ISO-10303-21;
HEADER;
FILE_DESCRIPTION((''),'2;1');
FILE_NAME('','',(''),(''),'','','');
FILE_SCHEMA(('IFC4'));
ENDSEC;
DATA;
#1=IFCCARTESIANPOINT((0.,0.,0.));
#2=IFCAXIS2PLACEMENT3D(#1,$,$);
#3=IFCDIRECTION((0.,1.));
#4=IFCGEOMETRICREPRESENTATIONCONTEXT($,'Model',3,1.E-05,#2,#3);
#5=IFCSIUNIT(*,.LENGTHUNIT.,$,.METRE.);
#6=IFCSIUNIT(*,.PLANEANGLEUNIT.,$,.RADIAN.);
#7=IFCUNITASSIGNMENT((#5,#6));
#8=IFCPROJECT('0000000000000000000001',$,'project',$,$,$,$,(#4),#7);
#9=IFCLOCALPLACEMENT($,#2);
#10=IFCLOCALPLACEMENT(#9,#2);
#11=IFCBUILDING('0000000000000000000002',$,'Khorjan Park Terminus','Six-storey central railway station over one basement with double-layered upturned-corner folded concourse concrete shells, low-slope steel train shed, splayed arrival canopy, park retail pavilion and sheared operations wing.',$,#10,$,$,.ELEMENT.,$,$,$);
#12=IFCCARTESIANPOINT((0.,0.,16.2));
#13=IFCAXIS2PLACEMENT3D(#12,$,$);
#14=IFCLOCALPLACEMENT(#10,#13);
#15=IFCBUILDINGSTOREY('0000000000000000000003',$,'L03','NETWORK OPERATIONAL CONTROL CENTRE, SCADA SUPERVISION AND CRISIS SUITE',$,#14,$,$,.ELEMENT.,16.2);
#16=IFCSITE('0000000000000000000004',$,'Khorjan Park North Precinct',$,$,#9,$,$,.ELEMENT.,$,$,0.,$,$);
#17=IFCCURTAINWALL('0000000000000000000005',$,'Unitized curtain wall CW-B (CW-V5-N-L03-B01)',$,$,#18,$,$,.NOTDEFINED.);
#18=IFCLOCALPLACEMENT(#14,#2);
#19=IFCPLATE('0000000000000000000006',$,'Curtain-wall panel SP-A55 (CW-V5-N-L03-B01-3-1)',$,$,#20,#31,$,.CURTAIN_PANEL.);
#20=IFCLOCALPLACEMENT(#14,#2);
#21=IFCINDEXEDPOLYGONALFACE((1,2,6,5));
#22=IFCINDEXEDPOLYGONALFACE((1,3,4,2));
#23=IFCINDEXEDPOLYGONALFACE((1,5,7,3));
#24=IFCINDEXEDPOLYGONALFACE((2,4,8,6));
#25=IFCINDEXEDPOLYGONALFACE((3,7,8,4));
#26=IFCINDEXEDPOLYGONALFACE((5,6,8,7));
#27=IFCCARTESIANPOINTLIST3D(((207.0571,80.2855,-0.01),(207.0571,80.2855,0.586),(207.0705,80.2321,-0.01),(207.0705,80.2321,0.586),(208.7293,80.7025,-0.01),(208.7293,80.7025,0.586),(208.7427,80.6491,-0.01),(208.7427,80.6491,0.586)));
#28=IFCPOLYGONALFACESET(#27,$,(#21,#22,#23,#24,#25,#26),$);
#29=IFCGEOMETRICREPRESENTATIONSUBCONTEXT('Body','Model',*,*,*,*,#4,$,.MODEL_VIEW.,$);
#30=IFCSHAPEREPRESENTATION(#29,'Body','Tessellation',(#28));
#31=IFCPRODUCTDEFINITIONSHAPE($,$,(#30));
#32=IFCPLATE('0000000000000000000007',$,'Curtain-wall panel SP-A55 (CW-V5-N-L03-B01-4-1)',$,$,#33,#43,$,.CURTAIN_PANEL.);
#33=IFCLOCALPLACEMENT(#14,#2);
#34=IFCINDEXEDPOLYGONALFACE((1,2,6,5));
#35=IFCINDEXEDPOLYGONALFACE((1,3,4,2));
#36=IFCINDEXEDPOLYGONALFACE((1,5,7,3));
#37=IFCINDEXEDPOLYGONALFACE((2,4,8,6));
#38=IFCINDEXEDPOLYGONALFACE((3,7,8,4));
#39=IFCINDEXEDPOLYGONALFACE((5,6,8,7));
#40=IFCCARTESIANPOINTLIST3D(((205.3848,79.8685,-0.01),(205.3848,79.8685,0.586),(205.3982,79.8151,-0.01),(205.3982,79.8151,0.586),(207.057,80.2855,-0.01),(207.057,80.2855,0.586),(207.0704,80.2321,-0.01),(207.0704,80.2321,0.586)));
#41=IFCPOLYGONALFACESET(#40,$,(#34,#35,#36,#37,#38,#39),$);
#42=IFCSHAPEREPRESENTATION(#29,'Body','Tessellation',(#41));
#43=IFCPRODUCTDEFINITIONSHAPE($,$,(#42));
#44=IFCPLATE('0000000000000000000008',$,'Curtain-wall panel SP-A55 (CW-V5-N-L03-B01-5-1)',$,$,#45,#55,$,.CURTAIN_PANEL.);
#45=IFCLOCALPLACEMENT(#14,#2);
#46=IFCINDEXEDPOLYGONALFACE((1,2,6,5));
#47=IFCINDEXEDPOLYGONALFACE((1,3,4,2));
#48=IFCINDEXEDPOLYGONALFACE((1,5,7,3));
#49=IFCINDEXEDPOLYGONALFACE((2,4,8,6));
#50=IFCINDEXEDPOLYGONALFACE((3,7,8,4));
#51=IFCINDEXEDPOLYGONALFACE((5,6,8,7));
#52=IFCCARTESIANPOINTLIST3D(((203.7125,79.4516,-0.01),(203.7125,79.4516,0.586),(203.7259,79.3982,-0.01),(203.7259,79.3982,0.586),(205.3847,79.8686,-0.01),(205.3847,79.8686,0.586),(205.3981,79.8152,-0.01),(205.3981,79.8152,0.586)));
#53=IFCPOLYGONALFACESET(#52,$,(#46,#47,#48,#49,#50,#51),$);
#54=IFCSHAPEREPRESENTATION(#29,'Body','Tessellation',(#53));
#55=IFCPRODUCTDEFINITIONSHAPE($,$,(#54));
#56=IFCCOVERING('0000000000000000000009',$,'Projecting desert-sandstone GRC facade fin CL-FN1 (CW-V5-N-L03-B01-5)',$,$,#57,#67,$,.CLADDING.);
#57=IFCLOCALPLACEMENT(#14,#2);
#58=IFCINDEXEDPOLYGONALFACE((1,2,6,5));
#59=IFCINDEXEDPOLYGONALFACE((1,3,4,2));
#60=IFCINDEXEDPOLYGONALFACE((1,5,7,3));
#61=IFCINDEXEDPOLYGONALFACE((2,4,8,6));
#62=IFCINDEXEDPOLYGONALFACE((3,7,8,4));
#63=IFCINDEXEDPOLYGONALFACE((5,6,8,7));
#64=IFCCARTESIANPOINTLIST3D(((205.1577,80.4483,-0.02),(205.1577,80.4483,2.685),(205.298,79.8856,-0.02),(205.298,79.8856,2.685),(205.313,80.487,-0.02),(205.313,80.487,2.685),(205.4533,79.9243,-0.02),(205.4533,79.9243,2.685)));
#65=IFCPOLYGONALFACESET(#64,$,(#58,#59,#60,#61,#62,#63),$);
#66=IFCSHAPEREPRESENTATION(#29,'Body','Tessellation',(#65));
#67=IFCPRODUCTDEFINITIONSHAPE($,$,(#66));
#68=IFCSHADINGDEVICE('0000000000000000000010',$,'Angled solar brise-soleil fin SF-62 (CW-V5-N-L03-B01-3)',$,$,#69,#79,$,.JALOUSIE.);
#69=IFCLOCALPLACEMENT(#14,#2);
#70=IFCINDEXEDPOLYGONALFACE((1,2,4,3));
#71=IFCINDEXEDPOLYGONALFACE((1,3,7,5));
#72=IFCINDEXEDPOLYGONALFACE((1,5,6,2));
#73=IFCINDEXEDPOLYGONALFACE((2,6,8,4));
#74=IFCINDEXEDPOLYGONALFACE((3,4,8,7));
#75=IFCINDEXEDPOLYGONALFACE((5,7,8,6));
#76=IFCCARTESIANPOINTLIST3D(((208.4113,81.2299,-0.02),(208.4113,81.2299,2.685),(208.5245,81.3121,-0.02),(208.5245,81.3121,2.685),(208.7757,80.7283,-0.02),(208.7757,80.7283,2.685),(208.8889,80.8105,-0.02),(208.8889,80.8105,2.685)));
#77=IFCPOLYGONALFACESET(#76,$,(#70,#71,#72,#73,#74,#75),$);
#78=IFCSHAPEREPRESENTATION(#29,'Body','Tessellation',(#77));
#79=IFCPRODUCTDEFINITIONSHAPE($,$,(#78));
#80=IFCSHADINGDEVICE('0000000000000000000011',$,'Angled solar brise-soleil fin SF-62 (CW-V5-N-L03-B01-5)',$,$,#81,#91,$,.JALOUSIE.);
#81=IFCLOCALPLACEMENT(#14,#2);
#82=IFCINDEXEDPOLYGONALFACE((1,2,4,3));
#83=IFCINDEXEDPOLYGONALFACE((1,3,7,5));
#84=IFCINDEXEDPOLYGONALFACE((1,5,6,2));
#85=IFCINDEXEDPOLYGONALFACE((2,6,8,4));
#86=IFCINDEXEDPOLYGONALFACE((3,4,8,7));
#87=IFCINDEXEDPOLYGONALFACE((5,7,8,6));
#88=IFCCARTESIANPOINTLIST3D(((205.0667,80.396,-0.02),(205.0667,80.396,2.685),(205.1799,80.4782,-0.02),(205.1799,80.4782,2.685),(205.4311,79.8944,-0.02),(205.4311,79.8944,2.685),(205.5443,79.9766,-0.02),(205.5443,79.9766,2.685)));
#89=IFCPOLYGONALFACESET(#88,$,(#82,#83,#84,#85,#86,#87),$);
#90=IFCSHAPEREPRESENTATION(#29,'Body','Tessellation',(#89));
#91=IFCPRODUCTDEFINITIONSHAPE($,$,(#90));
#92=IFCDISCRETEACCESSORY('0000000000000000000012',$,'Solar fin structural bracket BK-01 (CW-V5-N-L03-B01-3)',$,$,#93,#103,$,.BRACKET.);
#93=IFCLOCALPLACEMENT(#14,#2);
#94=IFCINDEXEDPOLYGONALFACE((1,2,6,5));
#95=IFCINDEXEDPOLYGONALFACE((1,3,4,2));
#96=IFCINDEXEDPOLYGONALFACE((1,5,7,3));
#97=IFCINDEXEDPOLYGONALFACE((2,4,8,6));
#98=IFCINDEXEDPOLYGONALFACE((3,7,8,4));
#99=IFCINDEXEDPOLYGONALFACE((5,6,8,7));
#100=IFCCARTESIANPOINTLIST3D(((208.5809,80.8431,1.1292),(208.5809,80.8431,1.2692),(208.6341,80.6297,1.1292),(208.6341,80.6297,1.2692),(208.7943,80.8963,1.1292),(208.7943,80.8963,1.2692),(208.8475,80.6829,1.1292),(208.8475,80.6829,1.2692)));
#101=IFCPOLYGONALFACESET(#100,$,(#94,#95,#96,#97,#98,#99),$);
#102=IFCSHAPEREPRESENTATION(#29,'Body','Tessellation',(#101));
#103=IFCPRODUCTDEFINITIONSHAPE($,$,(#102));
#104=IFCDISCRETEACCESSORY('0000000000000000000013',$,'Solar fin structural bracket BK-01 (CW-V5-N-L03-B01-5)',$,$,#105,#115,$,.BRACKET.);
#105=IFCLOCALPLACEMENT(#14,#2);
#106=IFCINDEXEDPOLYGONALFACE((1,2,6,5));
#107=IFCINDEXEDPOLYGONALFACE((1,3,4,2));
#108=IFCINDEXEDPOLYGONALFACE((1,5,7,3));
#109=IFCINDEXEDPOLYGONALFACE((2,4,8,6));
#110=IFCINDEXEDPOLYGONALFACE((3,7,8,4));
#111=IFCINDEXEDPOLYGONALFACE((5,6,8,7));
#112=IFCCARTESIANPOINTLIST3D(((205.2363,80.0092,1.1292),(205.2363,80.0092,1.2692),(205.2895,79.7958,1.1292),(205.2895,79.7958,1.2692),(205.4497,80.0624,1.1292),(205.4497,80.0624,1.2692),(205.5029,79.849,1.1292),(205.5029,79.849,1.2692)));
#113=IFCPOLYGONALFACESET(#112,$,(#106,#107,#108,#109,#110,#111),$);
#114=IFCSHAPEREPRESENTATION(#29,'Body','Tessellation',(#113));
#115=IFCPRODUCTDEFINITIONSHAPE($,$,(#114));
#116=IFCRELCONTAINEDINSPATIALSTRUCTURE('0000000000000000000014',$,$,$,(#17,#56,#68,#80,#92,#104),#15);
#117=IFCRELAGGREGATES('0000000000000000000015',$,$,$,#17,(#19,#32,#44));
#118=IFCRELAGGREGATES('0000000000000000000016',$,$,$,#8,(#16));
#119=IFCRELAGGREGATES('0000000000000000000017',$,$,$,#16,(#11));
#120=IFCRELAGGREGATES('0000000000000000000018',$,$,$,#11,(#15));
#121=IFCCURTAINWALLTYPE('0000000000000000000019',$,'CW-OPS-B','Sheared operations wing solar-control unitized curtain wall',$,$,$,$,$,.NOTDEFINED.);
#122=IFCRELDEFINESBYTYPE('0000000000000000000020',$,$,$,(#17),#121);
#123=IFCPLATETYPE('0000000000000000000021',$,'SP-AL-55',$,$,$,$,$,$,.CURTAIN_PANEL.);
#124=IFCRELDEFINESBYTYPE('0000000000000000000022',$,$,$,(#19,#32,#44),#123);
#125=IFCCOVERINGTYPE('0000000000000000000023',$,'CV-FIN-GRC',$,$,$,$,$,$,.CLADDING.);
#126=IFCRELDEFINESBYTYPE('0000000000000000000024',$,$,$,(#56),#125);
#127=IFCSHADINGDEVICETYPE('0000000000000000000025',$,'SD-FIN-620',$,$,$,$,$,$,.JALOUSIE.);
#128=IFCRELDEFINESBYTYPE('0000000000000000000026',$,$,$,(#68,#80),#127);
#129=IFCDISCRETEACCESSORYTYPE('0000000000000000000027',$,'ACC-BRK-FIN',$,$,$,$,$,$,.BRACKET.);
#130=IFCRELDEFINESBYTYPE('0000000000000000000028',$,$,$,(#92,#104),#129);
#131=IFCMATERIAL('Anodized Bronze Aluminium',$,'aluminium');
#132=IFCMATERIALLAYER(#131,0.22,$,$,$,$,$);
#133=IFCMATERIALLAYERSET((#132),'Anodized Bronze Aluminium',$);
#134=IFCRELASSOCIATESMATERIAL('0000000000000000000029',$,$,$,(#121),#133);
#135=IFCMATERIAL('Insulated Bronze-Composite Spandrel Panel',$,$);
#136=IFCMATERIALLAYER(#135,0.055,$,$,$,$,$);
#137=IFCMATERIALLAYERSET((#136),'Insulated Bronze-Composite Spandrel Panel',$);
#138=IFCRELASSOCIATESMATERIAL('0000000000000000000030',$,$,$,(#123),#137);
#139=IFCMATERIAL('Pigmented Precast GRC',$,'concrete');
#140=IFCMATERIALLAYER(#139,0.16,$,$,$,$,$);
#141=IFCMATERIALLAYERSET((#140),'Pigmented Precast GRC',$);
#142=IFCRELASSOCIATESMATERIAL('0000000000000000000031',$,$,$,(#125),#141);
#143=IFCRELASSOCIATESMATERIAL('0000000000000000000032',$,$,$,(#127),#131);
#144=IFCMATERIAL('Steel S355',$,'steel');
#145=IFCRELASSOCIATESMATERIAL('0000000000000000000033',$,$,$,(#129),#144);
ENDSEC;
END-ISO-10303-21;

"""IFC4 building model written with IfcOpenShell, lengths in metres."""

from ifc_helpers import new_model, si_unit, direction, frame, origin, origin_2d, place, context, subcontext, project, spatial, rectangle, extrude, material, layer, layer_set, type_object, element, aggregate, save


model = new_model("IFC4")

# Units and contexts
model_context = context("Model", 3, precision=1e-05, world=origin(), true_north=direction((0.0, 1.0)))
body_context = subcontext(model_context, "Body", "Model", "MODEL_VIEW")
ifc_project = project(units=[si_unit("LENGTHUNIT", "METRE"), si_unit("PLANEANGLEUNIT", "RADIAN")], contexts=[model_context])

# Site, building, storey
site_placement = place(None, origin())
site = spatial("IfcSite", under=ifc_project, at=site_placement, Name="Khorjan Park North Precinct", CompositionType="ELEMENT", RefElevation=0.0)
building_placement = place(site_placement, origin())
building = spatial("IfcBuilding", under=site, at=building_placement, Name="Khorjan Park Terminus", Description="Six-storey central railway station over one basement with double-layered upturned-corner folded concourse concrete shells, low-slope steel train shed, splayed arrival canopy, park retail pavilion and sheared operations wing.", CompositionType="ELEMENT")
storey_placement = place(building_placement, frame((0.0, 0.0, 16.2)))
storey = spatial("IfcBuildingStorey", under=building, at=storey_placement, Name="L03", Description="NETWORK OPERATIONAL CONTROL CENTRE, SCADA SUPERVISION AND CRISIS SUITE", CompositionType="ELEMENT", Elevation=16.2)

# Shared definitions
ifc_material_1 = material(Name="Steel S355", Category="steel")

# Curtain wall, plates
ifc_material_2 = material(Name="Anodized Bronze Aluminium", Category="aluminium")
ifc_layer_1 = layer(ifc_material_2, 0.22)
ifc_layer_set_1 = layer_set([ifc_layer_1], Name="Anodized Bronze Aluminium")
curtain_wall_type = type_object("IfcCurtainWallType", Name="CW-OPS-B", Description="Sheared operations wing solar-control unitized curtain wall", PredefinedType="NOTDEFINED", material=ifc_layer_set_1)
curtain_wall_placement = place(storey_placement, origin())
curtain_wall = element("IfcCurtainWall", 1, at=curtain_wall_placement, inside=storey, type_object=curtain_wall_type, Name="Unitized curtain wall CW-B (CW-V5-N-L03-B01)", PredefinedType="NOTDEFINED")
ifc_material_3 = material(Name="Insulated Bronze-Composite Spandrel Panel")
ifc_layer_2 = layer(ifc_material_3, 0.055)
ifc_layer_set_2 = layer_set([ifc_layer_2], Name="Insulated Bronze-Composite Spandrel Panel")
plate_type_1 = type_object("IfcPlateType", Name="SP-AL-55", PredefinedType="CURTAIN_PANEL", material=ifc_layer_set_2)
plate_1_placement = place(storey_placement, frame((207.8999, 80.4673, -0.01), z_axis=(0.0, 0.0, 1.0), x_axis=(-0.970294, -0.241928, 0.0)))
plate_1 = element("IfcPlate", 2, at=plate_1_placement, type_object=plate_type_1, Name="Curtain-wall panel SP-A55 (CW-V5-N-L03-B01-3-1)", PredefinedType="CURTAIN_PANEL", context=body_context, shape_type="SweptSolid", body=[
    extrude(rectangle(XDim=1.7234, YDim=0.055, at=origin_2d()), origin(), (0.0, 0.0, 1.0), 0.596),
])
plate_2_placement = place(storey_placement, frame((206.2276, 80.0503, -0.01), z_axis=(0.0, 0.0, 1.0), x_axis=(-0.970294, -0.241928, 0.0)))
plate_2 = element("IfcPlate", 3, at=plate_2_placement, type_object=plate_type_1, Name="Curtain-wall panel SP-A55 (CW-V5-N-L03-B01-4-1)", PredefinedType="CURTAIN_PANEL", context=body_context, shape_type="SweptSolid", body=[
    extrude(rectangle(XDim=1.7234, YDim=0.055, at=origin_2d()), origin(), (0.0, 0.0, 1.0), 0.596),
])
plate_3_placement = place(storey_placement, frame((204.5553, 79.6334, -0.01), z_axis=(0.0, 0.0, 1.0), x_axis=(-0.970294, -0.241928, 0.0)))
plate_3 = element("IfcPlate", 4, at=plate_3_placement, type_object=plate_type_1, Name="Curtain-wall panel SP-A55 (CW-V5-N-L03-B01-5-1)", PredefinedType="CURTAIN_PANEL", context=body_context, shape_type="SweptSolid", body=[
    extrude(rectangle(XDim=1.7234, YDim=0.055, at=origin_2d()), origin(), (0.0, 0.0, 1.0), 0.596),
])
aggregate(curtain_wall, [plate_1, plate_2, plate_3])

# Covering
ifc_material_4 = material(Name="Pigmented Precast GRC", Category="concrete")
ifc_layer_3 = layer(ifc_material_4, 0.16)
ifc_layer_set_3 = layer_set([ifc_layer_3], Name="Pigmented Precast GRC")
covering_type = type_object("IfcCoveringType", Name="CV-FIN-GRC", PredefinedType="CLADDING", material=ifc_layer_set_3)
covering_placement = place(storey_placement, frame((205.3055, 80.1863, -0.02), z_axis=(0.0, 0.0, 1.0), x_axis=(0.241922, -0.970296, 0.0)))
element("IfcCovering", 5, at=covering_placement, inside=storey, type_object=covering_type, Name="Projecting desert-sandstone GRC facade fin CL-FN1 (CW-V5-N-L03-B01-5)", PredefinedType="CLADDING", context=body_context, shape_type="SweptSolid", body=[
    extrude(rectangle(XDim=0.58, YDim=0.16, at=origin_2d()), origin(), (0.0, 0.0, 1.0), 2.705),
])

# Shading devices
shading_device_type = type_object("IfcShadingDeviceType", Name="SD-FIN-620", PredefinedType="JALOUSIE", material=ifc_material_2)
for number, where, z_axis, x_axis, name in (
    (6, (208.6501, 81.0202, -0.02), (0.0, 0.0, 1.0), (0.587785, -0.809017, 0.0), "Angled solar brise-soleil fin SF-62 (CW-V5-N-L03-B01-3)"),
    (7, (205.3055, 80.1863, -0.02), (0.0, 0.0, 1.0), (0.587785, -0.809017, 0.0), "Angled solar brise-soleil fin SF-62 (CW-V5-N-L03-B01-5)"),
):
    element("IfcShadingDevice", number, at=place(storey_placement, frame(where, z_axis=z_axis, x_axis=x_axis)), inside=storey, type_object=shading_device_type, Name=name, PredefinedType="JALOUSIE", context=body_context, shape_type="SweptSolid", body=[
        extrude(rectangle(XDim=0.62, YDim=0.14, at=origin_2d()), origin(), (0.0, 0.0, 1.0), 2.705),
    ])

# Discrete accessories
discrete_accessory_type = type_object("IfcDiscreteAccessoryType", Name="ACC-BRK-FIN", PredefinedType="BRACKET", material=ifc_material_1)
for number, where, z_axis, x_axis, name in (
    (8, (208.7142, 80.763, 1.1292), (0.0, 0.0, 1.0), (-0.970294, -0.241928, 0.0), "Solar fin structural bracket BK-01 (CW-V5-N-L03-B01-3)"),
    (9, (205.3696, 79.9291, 1.1292), (0.0, 0.0, 1.0), (-0.970294, -0.241928, 0.0), "Solar fin structural bracket BK-01 (CW-V5-N-L03-B01-5)"),
):
    element("IfcDiscreteAccessory", number, at=place(storey_placement, frame(where, z_axis=z_axis, x_axis=x_axis)), inside=storey, type_object=discrete_accessory_type, Name=name, PredefinedType="BRACKET", context=body_context, shape_type="SweptSolid", body=[
        extrude(rectangle(XDim=0.22, YDim=0.22, at=origin_2d()), origin(), (0.0, 0.0, 1.0), 0.14),
    ])

save(model, "model.ifc")
